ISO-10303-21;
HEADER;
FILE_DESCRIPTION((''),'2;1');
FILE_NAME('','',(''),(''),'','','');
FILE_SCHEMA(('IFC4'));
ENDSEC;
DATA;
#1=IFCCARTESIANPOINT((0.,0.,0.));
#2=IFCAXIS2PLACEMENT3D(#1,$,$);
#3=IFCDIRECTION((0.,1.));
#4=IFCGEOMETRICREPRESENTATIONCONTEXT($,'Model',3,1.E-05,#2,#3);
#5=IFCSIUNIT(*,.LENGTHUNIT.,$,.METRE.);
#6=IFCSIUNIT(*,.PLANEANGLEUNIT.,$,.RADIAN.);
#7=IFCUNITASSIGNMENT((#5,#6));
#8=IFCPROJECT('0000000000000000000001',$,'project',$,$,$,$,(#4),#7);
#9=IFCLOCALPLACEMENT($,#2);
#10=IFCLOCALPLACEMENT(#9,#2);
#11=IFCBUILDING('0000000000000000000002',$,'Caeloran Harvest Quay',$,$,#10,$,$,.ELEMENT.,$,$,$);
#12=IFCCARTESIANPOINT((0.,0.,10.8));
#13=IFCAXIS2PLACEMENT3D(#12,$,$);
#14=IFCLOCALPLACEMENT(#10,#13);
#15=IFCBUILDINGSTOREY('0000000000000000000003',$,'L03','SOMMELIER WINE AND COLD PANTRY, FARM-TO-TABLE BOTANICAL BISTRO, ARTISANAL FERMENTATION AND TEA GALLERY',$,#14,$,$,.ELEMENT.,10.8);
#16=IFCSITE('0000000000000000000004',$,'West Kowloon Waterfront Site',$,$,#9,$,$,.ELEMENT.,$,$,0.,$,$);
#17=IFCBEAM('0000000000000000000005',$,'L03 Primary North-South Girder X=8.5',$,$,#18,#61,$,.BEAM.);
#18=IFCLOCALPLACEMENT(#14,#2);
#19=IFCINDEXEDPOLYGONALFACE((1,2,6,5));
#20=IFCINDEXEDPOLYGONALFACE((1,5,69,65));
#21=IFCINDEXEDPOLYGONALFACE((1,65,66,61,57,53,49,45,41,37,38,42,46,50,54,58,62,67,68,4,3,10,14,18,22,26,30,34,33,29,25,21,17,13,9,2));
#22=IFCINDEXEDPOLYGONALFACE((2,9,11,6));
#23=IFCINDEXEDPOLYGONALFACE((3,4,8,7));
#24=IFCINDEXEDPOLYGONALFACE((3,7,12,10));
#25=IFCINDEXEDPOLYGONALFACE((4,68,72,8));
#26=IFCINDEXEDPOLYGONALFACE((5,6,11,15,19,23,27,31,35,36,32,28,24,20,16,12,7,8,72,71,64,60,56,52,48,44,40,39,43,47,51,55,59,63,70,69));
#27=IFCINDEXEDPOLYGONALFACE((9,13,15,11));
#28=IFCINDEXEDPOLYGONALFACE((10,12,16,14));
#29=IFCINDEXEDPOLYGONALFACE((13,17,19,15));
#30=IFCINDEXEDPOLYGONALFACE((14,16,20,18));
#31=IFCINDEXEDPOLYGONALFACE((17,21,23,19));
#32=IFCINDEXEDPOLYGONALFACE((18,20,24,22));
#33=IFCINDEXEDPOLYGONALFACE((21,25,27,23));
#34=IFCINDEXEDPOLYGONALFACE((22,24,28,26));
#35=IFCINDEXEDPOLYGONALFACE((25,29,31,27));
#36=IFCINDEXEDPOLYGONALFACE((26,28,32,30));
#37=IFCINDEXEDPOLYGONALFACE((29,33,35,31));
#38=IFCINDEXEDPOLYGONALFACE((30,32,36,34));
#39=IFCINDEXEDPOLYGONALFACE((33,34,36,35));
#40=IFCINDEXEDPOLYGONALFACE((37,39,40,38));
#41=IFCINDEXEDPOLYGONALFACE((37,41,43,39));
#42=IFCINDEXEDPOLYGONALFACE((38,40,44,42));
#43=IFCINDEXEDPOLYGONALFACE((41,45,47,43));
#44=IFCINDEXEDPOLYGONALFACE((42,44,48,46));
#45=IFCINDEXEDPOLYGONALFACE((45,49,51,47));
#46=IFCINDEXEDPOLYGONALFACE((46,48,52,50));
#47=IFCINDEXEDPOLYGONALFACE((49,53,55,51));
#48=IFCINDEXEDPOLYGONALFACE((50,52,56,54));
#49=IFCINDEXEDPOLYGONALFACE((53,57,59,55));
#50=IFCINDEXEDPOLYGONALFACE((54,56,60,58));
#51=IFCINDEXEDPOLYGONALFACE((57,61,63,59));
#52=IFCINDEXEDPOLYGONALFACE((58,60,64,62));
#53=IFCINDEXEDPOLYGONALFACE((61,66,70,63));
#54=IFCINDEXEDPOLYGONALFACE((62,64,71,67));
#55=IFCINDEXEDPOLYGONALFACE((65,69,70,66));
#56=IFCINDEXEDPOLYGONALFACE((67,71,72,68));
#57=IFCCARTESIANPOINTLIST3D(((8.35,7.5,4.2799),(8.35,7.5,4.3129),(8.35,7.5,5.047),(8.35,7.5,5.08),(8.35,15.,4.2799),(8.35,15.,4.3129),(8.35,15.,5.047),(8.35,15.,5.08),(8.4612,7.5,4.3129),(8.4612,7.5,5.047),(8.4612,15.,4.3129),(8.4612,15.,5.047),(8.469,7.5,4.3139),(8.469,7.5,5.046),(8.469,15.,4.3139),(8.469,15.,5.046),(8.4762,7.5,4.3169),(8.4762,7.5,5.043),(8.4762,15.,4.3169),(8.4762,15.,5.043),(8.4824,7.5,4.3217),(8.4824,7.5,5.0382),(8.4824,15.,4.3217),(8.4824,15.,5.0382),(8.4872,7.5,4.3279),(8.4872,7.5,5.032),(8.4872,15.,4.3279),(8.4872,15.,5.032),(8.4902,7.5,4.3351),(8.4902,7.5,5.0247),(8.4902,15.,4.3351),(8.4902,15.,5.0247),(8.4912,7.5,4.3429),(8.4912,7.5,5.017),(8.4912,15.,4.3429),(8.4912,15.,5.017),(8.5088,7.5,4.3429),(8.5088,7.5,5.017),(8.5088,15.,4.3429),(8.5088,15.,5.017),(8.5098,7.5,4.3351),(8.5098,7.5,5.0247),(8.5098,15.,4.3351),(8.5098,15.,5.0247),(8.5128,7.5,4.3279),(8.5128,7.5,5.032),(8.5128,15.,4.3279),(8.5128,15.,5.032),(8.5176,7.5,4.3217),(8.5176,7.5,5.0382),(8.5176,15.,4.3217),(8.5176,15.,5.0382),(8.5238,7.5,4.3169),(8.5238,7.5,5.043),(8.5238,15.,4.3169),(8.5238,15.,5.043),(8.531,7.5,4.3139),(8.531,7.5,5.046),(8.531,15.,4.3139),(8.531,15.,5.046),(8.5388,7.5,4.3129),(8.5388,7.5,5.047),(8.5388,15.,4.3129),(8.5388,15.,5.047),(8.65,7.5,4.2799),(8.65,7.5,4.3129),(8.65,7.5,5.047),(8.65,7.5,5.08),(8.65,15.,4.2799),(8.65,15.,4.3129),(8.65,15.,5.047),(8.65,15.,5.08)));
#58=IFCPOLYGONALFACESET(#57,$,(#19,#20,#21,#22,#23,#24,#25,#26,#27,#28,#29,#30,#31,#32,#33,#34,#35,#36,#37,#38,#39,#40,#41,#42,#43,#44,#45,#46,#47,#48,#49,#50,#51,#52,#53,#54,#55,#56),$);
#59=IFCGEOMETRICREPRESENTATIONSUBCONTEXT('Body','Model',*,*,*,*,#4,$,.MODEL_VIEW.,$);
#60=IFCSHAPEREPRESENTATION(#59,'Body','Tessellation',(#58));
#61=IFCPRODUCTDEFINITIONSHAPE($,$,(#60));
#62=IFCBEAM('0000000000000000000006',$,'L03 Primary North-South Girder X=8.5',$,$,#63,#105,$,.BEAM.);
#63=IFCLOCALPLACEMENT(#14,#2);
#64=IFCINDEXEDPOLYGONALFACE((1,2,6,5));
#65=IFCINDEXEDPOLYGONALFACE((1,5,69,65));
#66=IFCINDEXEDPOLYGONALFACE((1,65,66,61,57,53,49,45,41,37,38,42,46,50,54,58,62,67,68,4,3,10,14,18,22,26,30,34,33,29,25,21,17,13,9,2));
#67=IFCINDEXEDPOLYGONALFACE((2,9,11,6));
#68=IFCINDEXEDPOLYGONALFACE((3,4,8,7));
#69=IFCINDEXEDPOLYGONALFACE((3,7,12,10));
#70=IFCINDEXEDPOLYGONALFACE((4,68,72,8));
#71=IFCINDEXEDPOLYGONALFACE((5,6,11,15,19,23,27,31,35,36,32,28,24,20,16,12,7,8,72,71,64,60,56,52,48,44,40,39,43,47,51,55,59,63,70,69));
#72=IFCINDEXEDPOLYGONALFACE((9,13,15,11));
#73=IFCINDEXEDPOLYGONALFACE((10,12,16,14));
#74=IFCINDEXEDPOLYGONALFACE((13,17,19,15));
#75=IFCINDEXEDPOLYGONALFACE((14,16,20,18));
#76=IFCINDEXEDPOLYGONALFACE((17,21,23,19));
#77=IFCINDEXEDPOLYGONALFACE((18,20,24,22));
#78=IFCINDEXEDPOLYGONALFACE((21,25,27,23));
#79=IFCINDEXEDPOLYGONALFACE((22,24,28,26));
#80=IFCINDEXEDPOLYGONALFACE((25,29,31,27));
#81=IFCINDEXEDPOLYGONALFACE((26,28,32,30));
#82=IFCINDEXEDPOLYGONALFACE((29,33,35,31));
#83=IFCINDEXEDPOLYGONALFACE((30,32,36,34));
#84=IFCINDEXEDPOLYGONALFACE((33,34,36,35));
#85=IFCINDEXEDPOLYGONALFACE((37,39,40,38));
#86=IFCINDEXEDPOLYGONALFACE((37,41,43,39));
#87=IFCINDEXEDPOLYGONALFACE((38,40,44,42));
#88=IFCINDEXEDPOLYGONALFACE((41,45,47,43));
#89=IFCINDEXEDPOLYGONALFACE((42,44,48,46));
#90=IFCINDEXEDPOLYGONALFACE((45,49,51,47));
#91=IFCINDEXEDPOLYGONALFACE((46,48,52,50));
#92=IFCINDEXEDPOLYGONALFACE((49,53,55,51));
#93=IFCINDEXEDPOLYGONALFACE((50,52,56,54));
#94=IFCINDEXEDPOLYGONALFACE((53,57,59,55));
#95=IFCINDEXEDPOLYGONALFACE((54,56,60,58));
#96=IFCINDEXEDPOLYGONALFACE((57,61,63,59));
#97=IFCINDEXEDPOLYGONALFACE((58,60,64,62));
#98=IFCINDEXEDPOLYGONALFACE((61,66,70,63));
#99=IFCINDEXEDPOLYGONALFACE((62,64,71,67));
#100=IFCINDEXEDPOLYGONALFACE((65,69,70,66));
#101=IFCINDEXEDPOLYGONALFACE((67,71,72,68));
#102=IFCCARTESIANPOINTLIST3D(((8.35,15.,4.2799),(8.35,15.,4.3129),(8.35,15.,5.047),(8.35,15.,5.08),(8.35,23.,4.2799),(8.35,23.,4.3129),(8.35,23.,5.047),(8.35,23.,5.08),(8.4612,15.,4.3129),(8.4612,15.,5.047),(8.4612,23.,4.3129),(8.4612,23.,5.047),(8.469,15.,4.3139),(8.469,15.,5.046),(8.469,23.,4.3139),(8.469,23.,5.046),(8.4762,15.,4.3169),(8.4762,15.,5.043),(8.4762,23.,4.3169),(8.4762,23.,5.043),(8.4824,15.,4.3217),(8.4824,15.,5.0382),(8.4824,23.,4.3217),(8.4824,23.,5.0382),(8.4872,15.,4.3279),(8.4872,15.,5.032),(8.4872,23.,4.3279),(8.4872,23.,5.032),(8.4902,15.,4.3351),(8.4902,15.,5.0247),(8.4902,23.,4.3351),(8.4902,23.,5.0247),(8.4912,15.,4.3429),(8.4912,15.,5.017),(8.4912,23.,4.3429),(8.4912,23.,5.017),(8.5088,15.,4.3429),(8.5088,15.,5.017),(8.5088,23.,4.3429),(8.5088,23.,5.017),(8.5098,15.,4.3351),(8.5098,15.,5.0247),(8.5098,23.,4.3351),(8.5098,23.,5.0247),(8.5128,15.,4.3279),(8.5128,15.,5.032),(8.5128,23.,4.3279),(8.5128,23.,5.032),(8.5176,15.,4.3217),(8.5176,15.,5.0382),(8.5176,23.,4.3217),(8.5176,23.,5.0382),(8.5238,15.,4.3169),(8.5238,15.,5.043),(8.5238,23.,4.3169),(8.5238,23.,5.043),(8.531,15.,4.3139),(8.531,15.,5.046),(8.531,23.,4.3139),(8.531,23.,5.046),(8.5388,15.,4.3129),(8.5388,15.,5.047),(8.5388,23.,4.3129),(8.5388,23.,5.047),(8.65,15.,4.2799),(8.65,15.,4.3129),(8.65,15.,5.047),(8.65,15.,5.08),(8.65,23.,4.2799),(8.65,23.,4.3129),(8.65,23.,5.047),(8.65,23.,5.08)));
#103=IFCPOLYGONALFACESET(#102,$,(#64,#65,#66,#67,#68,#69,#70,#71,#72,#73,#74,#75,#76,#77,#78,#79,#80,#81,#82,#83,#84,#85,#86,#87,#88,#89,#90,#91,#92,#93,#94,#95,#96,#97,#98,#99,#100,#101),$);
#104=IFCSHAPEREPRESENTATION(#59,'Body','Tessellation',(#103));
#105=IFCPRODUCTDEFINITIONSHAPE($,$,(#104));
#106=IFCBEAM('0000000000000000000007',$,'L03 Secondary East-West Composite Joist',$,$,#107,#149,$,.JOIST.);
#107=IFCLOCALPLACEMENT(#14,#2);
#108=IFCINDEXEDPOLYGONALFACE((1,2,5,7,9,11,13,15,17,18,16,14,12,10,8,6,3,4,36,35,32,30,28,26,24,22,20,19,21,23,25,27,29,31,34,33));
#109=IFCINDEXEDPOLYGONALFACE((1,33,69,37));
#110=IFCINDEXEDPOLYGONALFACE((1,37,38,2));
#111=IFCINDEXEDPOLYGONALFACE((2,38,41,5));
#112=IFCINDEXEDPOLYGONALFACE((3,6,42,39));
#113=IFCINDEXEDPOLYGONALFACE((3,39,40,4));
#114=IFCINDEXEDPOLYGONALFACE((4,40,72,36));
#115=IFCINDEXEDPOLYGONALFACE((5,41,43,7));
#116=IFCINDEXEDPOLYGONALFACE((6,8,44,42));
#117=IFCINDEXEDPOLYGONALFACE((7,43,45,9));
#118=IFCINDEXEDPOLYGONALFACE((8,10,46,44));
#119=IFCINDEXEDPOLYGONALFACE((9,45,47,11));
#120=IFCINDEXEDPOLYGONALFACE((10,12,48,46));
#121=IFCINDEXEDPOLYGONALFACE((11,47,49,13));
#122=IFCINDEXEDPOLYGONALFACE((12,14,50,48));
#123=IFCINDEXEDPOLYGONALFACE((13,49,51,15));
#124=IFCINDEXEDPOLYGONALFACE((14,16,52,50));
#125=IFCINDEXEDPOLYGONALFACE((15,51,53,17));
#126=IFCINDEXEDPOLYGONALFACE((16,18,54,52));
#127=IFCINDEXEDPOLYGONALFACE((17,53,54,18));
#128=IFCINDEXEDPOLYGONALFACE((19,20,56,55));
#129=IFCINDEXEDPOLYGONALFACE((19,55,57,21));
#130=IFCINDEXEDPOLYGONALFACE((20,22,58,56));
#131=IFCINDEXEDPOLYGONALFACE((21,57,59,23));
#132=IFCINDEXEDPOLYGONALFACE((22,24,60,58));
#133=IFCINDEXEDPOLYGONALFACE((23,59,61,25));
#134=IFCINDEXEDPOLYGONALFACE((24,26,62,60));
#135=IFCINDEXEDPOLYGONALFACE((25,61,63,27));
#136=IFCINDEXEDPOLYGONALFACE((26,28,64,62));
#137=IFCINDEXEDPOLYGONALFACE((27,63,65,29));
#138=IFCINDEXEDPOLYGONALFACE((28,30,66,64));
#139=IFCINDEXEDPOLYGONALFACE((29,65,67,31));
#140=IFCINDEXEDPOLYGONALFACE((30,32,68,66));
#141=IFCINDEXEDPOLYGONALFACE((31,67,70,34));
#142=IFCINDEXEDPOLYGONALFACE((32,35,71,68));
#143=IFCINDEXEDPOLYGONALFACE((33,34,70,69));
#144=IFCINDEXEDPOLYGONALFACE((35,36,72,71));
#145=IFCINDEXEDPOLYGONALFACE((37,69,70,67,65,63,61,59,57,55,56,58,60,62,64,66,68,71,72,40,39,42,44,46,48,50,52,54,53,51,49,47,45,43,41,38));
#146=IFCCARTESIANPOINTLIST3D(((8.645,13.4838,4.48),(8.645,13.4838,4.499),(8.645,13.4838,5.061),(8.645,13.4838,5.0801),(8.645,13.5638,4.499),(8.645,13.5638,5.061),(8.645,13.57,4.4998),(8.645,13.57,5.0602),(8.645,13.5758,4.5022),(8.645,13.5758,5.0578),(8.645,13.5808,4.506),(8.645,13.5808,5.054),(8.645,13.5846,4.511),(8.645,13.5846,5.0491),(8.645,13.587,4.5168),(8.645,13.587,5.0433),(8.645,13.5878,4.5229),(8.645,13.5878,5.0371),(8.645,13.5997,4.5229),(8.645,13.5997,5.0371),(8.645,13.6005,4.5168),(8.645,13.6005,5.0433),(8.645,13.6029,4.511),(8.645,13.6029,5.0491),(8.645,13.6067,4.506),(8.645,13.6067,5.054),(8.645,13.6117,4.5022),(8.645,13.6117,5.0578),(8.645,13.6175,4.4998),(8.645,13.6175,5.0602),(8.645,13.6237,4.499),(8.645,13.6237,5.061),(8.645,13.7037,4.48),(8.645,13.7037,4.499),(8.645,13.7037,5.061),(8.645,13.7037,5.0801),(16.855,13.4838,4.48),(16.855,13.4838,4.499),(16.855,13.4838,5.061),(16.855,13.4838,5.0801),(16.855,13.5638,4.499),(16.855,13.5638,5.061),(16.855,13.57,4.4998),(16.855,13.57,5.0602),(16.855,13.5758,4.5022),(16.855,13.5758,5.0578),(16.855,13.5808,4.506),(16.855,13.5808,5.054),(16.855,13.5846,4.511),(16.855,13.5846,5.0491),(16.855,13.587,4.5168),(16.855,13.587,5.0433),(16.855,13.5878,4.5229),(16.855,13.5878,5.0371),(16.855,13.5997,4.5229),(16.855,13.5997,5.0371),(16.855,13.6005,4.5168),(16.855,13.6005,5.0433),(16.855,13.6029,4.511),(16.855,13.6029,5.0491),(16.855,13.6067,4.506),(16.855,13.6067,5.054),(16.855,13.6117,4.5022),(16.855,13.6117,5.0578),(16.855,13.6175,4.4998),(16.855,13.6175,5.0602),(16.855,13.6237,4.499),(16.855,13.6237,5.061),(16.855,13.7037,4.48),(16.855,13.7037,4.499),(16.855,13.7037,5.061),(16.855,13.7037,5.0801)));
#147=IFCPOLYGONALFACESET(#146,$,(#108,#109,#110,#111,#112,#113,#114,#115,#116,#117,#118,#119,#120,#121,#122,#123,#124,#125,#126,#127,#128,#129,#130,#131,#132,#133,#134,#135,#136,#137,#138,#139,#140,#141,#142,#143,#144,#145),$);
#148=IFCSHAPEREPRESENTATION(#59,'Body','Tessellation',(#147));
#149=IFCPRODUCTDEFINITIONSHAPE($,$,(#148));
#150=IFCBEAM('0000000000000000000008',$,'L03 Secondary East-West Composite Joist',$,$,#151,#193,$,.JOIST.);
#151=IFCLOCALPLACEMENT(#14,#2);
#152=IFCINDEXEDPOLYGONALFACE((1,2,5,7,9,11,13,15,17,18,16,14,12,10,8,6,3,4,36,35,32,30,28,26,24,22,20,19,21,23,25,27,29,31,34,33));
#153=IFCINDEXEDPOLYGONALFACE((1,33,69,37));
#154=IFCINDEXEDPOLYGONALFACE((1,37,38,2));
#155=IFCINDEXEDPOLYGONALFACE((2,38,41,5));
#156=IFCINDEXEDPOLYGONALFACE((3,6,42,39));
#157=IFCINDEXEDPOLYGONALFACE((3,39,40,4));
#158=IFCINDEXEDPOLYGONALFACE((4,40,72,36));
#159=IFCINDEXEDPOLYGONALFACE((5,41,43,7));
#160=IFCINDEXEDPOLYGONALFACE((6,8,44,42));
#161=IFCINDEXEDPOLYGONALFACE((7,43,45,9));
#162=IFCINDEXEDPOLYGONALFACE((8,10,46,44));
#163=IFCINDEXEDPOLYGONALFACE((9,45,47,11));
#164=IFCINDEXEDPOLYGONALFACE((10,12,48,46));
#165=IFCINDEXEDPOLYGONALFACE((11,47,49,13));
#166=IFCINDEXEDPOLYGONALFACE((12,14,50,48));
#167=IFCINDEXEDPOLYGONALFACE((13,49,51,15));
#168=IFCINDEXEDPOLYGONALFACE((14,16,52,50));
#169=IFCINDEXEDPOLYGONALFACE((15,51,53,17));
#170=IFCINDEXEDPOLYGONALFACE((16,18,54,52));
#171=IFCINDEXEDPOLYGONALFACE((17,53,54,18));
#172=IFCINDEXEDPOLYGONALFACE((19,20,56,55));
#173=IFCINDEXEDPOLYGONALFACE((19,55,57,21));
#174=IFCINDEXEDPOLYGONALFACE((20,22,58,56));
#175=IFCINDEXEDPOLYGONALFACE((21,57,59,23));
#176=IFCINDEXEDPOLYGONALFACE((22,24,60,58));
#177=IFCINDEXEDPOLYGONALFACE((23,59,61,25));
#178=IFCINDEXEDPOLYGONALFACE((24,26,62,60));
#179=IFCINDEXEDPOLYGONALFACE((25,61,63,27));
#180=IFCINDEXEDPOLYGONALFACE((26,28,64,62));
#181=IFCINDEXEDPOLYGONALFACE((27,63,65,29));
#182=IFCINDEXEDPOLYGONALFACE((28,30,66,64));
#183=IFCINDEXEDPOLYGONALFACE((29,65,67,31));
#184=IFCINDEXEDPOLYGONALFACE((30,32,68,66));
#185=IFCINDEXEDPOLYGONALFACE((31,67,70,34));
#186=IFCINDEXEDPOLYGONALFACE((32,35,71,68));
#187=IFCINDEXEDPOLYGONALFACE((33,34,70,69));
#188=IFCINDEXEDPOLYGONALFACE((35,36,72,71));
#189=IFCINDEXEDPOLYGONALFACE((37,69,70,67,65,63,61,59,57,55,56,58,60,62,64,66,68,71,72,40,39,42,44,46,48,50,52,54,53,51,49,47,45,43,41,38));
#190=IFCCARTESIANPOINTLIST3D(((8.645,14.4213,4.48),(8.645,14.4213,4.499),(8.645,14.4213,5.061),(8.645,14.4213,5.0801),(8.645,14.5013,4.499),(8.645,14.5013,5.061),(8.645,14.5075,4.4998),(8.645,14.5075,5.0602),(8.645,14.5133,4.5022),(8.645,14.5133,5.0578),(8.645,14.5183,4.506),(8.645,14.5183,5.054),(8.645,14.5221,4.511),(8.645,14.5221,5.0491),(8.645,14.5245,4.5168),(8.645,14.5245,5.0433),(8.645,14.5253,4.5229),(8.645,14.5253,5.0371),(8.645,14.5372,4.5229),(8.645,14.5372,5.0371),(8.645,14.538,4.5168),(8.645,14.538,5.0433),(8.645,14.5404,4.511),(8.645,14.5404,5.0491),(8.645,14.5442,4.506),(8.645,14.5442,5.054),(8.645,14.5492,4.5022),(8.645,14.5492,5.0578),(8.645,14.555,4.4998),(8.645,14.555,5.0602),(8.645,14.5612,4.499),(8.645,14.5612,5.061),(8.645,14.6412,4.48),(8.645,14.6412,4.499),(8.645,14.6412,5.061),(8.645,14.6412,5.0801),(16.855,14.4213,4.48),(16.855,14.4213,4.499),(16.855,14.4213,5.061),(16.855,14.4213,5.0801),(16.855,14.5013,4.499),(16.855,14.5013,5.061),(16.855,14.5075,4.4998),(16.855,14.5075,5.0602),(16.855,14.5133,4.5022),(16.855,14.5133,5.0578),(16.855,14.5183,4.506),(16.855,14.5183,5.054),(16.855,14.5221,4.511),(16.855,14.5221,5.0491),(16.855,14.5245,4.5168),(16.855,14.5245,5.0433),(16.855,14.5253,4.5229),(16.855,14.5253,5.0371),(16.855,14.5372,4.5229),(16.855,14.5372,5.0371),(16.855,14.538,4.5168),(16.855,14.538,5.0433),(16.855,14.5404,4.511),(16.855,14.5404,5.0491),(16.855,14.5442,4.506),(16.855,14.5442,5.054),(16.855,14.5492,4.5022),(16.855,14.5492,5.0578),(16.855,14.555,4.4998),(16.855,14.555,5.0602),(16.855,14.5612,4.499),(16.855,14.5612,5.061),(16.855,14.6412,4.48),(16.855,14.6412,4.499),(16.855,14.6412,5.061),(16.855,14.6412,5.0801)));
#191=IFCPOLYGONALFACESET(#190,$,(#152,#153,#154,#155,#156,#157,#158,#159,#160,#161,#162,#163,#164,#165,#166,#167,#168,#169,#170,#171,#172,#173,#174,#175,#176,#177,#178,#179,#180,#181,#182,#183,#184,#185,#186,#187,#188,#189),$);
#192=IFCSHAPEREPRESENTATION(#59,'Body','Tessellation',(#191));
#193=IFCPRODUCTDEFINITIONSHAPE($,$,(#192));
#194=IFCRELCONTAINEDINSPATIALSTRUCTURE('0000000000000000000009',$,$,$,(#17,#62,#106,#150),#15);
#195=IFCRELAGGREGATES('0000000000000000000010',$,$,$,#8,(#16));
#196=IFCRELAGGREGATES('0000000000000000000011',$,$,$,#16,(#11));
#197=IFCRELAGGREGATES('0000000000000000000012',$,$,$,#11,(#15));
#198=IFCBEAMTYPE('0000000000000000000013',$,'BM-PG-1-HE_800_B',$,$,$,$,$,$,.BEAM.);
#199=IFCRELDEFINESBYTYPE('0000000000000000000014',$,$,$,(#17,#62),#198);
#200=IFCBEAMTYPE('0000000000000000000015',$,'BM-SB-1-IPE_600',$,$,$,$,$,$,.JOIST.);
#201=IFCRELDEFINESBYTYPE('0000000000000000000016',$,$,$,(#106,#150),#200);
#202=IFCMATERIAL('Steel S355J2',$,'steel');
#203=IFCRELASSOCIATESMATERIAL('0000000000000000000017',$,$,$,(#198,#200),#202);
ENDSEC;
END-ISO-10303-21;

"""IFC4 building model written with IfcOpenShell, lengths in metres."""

from ifc_helpers import new_model, si_unit, direction, frame, origin, origin_2d, place, context, subcontext, project, spatial, i_section, extrude, material, material_profile, profile_set, type_object, element, save


model = new_model("IFC4")

# Units and contexts
model_context = context("Model", 3, precision=1e-05, world=origin(), true_north=direction((0.0, 1.0)))
body_context = subcontext(model_context, "Body", "Model", "MODEL_VIEW")
ifc_project = project(units=[si_unit("LENGTHUNIT", "METRE"), si_unit("PLANEANGLEUNIT", "RADIAN")], contexts=[model_context])

# Site, building, storey
site_placement = place(None, origin())
site = spatial("IfcSite", under=ifc_project, at=site_placement, Name="West Kowloon Waterfront Site", CompositionType="ELEMENT", RefElevation=0.0)
building_placement = place(site_placement, origin())
building = spatial("IfcBuilding", under=site, at=building_placement, Name="Caeloran Harvest Quay", CompositionType="ELEMENT")
storey_placement = place(building_placement, frame((0.0, 0.0, 10.8)))
storey = spatial("IfcBuildingStorey", under=building, at=storey_placement, Name="L03", Description="SOMMELIER WINE AND COLD PANTRY, FARM-TO-TABLE BOTANICAL BISTRO, ARTISANAL FERMENTATION AND TEA GALLERY", CompositionType="ELEMENT", Elevation=10.8)

# Beams
ifc_material_1 = material(Name="Steel S355J2", Category="steel")
ifc_material_profile_1 = material_profile(ifc_material_1, i_section(OverallWidth=0.3, OverallDepth=0.8, WebThickness=0.0176, FlangeThickness=0.033, FilletRadius=0.03, at=origin_2d()), Name="HE 800 B")
ifc_profile_set_1 = profile_set([ifc_material_profile_1], Name="Steel S355J2")
beam_type_1 = type_object("IfcBeamType", Name="BM-PG-1-HE_800_B", PredefinedType="BEAM", material=ifc_profile_set_1)
beam_1_placement = place(storey_placement, frame((8.5, 7.5, 4.6799), z_axis=(0.0, 1.0, 0.0), x_axis=(-1.0, 0.0, 0.0)))
element("IfcBeam", 1, at=beam_1_placement, inside=storey, type_object=beam_type_1, Name="L03 Primary North-South Girder X=8.5", PredefinedType="BEAM", context=body_context, shape_type="SweptSolid", body=[
    extrude(i_section(OverallWidth=0.3, OverallDepth=0.8, WebThickness=0.0176, FlangeThickness=0.033, FilletRadius=0.03, at=origin_2d()), origin(), (0.0, 0.0, 1.0), 7.5),
])
beam_2_placement = place(storey_placement, frame((8.5, 15.0, 4.6799), z_axis=(0.0, 1.0, 0.0), x_axis=(-1.0, 0.0, 0.0)))
element("IfcBeam", 2, at=beam_2_placement, inside=storey, type_object=beam_type_1, Name="L03 Primary North-South Girder X=8.5", PredefinedType="BEAM", context=body_context, shape_type="SweptSolid", body=[
    extrude(i_section(OverallWidth=0.3, OverallDepth=0.8, WebThickness=0.0176, FlangeThickness=0.033, FilletRadius=0.03, at=origin_2d()), origin(), (0.0, 0.0, 1.0), 8.0),
])
ifc_material_profile_2 = material_profile(ifc_material_1, i_section(OverallWidth=0.22, OverallDepth=0.6001, WebThickness=0.012, FlangeThickness=0.019, FilletRadius=0.0239, at=origin_2d()), Name="IPE 600")
ifc_profile_set_2 = profile_set([ifc_material_profile_2], Name="Steel S355J2")
beam_type_2 = type_object("IfcBeamType", Name="BM-SB-1-IPE_600", PredefinedType="JOIST", material=ifc_profile_set_2)
for number, where, z_axis, x_axis, name in (
    (3, (8.645, 13.5938, 4.78), (1.0, 0.0, 0.0), (0.0, 1.0, 0.0), "L03 Secondary East-West Composite Joist"),
    (4, (8.645, 14.5312, 4.78), (1.0, 0.0, 0.0), (0.0, 1.0, 0.0), "L03 Secondary East-West Composite Joist"),
):
    element("IfcBeam", number, at=place(storey_placement, frame(where, z_axis=z_axis, x_axis=x_axis)), inside=storey, type_object=beam_type_2, Name=name, PredefinedType="JOIST", context=body_context, shape_type="SweptSolid", body=[
        extrude(i_section(OverallWidth=0.22, OverallDepth=0.6001, WebThickness=0.012, FlangeThickness=0.019, FilletRadius=0.0239, at=origin_2d()), origin(), (0.0, 0.0, 1.0), 8.21),
    ])

save(model, "model.ifc")
